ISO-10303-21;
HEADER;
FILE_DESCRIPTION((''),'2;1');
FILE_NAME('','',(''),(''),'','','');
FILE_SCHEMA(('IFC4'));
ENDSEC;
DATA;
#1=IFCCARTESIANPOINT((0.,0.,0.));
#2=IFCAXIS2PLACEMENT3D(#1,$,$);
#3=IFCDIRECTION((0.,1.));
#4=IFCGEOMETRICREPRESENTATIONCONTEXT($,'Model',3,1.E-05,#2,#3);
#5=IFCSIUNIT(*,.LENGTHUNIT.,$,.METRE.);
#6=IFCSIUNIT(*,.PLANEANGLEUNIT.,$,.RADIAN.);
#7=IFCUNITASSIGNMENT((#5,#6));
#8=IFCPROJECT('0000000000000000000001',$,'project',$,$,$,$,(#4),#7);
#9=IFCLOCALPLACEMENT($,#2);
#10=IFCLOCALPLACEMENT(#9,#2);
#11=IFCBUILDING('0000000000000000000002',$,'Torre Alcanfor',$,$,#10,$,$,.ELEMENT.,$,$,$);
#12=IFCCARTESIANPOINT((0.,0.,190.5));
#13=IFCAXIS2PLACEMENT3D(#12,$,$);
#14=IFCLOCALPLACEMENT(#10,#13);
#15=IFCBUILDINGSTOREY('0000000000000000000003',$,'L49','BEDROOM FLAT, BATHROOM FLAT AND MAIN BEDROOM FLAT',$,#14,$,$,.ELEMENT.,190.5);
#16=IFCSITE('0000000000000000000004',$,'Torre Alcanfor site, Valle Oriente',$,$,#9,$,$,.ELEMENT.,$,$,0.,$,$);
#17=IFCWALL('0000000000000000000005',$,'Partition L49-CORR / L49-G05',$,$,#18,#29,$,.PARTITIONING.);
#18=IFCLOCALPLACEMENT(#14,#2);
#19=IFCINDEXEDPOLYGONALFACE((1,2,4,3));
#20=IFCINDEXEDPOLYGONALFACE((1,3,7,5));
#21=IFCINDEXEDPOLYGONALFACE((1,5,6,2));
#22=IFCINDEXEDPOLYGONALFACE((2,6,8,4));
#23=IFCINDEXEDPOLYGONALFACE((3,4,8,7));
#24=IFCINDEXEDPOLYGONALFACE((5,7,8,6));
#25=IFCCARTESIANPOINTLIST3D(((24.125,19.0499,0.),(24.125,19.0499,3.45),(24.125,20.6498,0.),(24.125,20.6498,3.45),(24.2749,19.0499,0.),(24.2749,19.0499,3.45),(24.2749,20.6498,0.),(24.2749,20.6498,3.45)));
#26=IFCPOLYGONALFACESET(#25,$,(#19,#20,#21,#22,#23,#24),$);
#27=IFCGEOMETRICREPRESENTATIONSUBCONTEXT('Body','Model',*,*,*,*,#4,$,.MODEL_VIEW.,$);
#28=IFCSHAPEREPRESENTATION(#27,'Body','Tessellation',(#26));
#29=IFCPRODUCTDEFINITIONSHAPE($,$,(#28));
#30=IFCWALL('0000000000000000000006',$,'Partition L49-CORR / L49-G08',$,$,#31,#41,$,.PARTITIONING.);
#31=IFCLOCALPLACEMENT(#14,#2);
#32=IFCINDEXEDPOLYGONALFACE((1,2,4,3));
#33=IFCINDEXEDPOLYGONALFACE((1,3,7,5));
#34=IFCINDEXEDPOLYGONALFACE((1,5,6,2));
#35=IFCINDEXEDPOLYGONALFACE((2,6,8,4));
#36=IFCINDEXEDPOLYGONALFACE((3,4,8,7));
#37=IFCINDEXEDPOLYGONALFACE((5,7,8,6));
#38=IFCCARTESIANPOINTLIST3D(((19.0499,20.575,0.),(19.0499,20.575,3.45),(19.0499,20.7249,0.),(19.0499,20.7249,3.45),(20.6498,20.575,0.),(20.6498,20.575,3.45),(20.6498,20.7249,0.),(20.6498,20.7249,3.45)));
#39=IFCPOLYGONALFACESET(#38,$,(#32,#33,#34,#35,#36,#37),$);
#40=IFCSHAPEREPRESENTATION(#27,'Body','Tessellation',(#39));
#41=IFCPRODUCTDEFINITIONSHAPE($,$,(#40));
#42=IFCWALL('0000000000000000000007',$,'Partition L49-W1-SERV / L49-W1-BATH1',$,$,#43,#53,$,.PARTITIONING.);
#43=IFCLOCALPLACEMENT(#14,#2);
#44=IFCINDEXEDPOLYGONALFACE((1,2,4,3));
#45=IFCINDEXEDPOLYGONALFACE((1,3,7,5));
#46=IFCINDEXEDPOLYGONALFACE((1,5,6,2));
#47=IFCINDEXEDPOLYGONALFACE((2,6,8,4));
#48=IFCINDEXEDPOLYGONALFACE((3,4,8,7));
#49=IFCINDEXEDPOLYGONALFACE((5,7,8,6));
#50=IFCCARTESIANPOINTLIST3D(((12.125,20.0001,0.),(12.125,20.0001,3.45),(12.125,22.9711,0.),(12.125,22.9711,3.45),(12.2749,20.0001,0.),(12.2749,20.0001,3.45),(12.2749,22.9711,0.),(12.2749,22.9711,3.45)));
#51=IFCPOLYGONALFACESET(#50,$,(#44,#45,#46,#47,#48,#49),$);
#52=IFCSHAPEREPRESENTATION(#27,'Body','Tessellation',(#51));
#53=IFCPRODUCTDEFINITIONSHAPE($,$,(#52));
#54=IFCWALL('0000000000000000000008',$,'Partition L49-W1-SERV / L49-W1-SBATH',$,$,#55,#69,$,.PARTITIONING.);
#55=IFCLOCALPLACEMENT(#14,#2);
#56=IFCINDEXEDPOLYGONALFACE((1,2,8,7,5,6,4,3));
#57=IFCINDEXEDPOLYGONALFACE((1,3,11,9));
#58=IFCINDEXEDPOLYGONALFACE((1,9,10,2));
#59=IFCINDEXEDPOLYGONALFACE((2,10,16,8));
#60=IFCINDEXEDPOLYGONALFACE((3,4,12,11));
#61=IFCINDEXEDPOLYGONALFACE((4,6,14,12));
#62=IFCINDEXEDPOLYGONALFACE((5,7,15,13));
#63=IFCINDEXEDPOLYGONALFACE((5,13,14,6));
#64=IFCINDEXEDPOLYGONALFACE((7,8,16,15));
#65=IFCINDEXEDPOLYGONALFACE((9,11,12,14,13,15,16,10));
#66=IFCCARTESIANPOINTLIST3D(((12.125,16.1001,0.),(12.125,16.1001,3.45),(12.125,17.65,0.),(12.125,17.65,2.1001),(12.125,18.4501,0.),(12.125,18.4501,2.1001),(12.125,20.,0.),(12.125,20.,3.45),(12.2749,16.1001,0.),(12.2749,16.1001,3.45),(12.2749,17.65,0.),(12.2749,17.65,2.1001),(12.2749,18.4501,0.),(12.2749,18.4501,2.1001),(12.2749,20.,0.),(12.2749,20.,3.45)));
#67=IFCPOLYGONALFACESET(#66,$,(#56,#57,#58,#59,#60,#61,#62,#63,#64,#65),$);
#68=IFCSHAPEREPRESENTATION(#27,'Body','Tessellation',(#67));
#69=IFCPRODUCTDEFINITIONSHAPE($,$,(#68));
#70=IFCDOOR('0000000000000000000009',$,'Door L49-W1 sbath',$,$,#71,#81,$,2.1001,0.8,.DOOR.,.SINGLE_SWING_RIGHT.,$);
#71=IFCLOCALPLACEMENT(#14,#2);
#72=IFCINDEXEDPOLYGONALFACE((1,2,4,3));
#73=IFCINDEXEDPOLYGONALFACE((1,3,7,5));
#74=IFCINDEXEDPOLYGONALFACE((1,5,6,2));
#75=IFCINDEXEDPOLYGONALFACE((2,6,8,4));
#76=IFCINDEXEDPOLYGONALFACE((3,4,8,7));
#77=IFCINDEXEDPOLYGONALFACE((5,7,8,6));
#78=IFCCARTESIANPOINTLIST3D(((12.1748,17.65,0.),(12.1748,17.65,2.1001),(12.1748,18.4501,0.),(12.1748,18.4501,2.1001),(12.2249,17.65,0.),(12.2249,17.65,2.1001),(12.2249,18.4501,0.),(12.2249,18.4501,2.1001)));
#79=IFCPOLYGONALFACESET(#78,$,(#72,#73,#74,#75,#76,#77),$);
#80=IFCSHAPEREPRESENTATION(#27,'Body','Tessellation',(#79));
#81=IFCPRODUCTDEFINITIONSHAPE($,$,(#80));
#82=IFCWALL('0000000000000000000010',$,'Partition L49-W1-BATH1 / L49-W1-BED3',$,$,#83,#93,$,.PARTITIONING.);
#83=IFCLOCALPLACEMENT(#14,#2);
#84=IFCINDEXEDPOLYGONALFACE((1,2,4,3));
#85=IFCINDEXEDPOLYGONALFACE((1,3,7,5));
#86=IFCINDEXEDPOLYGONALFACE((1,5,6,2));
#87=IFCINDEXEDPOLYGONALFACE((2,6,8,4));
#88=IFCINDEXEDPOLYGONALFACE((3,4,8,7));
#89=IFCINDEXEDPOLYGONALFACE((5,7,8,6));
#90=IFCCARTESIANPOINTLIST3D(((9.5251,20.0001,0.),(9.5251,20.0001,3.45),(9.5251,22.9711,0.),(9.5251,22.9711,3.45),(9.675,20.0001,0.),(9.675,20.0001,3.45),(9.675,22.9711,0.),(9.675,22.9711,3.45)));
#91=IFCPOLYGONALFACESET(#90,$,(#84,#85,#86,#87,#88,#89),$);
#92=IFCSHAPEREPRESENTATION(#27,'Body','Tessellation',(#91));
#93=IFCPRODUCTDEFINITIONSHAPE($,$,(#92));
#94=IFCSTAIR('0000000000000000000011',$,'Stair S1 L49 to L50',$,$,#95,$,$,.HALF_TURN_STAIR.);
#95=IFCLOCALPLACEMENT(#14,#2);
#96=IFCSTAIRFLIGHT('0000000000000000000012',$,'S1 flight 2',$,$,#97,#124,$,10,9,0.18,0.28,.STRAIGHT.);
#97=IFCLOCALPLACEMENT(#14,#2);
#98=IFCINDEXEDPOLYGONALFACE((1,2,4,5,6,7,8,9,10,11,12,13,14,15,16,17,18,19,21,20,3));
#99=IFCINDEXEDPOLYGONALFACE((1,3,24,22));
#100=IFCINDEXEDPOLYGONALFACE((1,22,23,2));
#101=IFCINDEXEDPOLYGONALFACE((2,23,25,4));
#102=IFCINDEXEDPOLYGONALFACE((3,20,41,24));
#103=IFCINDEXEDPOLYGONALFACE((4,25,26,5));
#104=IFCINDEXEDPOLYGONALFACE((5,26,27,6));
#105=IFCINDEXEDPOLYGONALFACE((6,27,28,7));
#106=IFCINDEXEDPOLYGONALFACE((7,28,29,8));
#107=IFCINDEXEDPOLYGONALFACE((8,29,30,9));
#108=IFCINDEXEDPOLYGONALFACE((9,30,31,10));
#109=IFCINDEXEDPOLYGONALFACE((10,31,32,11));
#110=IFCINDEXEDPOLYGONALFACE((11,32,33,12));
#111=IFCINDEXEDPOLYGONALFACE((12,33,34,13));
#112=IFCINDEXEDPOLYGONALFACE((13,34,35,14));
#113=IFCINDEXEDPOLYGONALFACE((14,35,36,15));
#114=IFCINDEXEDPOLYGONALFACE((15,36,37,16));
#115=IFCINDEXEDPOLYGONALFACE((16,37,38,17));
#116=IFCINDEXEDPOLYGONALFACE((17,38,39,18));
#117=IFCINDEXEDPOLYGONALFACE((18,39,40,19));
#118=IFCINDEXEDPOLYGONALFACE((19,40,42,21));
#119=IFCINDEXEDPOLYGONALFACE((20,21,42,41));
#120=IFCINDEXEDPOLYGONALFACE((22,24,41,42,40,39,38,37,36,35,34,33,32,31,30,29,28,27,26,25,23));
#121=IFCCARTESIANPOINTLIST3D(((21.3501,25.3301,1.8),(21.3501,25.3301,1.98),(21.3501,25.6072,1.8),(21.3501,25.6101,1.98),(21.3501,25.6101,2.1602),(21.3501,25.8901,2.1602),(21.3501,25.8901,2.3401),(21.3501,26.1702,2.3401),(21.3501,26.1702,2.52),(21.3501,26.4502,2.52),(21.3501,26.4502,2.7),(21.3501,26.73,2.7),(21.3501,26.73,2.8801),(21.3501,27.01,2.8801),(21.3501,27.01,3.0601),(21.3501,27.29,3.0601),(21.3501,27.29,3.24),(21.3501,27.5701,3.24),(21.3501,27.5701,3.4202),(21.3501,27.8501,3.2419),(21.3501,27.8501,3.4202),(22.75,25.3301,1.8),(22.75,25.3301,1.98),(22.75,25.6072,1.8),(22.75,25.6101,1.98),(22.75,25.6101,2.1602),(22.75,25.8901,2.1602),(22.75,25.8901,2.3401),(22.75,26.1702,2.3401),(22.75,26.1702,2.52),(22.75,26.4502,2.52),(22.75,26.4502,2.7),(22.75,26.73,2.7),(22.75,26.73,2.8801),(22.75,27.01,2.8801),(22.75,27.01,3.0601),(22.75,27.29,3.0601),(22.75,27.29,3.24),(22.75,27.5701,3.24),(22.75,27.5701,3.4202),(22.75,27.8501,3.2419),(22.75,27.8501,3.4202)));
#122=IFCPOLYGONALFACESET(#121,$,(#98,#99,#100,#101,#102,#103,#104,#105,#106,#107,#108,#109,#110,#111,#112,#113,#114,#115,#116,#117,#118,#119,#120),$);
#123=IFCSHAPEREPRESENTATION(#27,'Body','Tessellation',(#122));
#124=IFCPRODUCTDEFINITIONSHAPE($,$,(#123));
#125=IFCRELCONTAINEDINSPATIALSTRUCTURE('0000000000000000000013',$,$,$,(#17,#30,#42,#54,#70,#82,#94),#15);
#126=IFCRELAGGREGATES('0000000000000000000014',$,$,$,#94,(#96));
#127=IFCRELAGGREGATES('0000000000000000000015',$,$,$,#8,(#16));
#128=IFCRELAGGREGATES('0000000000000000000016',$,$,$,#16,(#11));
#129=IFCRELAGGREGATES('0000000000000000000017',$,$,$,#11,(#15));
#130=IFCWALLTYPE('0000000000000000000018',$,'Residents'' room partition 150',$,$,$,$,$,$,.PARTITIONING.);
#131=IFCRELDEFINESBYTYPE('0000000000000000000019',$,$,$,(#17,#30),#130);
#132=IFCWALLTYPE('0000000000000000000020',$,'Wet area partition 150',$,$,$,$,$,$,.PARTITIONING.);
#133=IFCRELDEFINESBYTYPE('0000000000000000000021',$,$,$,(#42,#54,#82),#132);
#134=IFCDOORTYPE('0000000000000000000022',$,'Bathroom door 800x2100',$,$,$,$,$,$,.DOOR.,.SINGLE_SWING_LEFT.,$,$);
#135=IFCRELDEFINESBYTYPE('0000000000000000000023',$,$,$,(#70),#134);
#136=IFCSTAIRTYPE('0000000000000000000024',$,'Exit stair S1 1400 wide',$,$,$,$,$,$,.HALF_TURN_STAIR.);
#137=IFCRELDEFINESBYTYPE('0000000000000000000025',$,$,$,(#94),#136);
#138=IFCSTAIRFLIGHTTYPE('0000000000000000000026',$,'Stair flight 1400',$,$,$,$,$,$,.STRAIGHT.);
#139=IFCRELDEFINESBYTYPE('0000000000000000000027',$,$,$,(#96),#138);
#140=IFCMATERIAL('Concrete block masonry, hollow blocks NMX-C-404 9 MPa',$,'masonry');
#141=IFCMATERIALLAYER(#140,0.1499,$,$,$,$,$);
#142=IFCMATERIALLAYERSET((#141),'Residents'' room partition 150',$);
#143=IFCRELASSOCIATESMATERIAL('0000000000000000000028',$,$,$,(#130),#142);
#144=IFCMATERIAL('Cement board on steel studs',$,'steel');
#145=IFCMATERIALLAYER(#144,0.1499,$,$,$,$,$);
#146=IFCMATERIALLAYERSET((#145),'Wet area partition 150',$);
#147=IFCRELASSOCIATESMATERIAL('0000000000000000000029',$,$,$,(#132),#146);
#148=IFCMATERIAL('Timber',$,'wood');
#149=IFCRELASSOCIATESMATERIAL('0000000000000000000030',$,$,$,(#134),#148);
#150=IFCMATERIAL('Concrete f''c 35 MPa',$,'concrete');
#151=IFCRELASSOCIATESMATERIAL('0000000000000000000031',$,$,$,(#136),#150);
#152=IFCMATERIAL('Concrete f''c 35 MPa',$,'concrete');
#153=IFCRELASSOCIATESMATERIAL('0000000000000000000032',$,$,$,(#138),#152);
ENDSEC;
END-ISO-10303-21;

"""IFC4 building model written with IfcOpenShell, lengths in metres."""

from ifc_helpers import new_model, si_unit, direction, frame, frame_2d, origin, place, context, subcontext, project, spatial, polyline, rectangle, outline, extrude, material, layer, layer_set, type_object, element, fill, aggregate, save


model = new_model("IFC4")

# Units and contexts
model_context = context("Model", 3, precision=1e-05, world=origin(), true_north=direction((0.0, 1.0)))
body_context = subcontext(model_context, "Body", "Model", "MODEL_VIEW")
ifc_project = project(units=[si_unit("LENGTHUNIT", "METRE"), si_unit("PLANEANGLEUNIT", "RADIAN")], contexts=[model_context])

# Site, building, storey
site_placement = place(None, origin())
site = spatial("IfcSite", under=ifc_project, at=site_placement, Name="Torre Alcanfor site, Valle Oriente", CompositionType="ELEMENT", RefElevation=0.0)
building_placement = place(site_placement, origin())
building = spatial("IfcBuilding", under=site, at=building_placement, Name="Torre Alcanfor", CompositionType="ELEMENT")
storey_placement = place(building_placement, frame((0.0, 0.0, 190.5)))
storey = spatial("IfcBuildingStorey", under=building, at=storey_placement, Name="L49", Description="BEDROOM FLAT, BATHROOM FLAT AND MAIN BEDROOM FLAT", CompositionType="ELEMENT", Elevation=190.5)

# Shared definitions
ifc_material_1 = material(Name="Concrete block masonry, hollow blocks NMX-C-404 9 MPa", Category="masonry")
ifc_layer_1 = layer(ifc_material_1, 0.1499)
ifc_layer_set_1 = layer_set([ifc_layer_1], Name="Residents' room partition 150")
wall_type_1 = type_object("IfcWallType", Name="Residents' room partition 150", PredefinedType="PARTITIONING", material=ifc_layer_set_1)

# Walls
for number, where, z_axis, x_axis, name in (
    (1, (24.2, 19.05, 0.0), (0.0, 0.0, 1.0), (0.0, 1.0, 0.0), "Partition L49-CORR / L49-G05"),
    (2, (19.05, 20.6499, 0.0), (0.0, 0.0, 1.0), (1.0, 0.0, 0.0), "Partition L49-CORR / L49-G08"),
):
    element("IfcWall", number, at=place(storey_placement, frame(where, z_axis=z_axis, x_axis=x_axis)), inside=storey, type_object=wall_type_1, Name=name, PredefinedType="PARTITIONING", context=body_context, shape_type="SweptSolid", body=[
        extrude(rectangle(XDim=1.5999, YDim=0.1499, at=frame_2d((0.7998, 0.0))), origin(), (0.0, 0.0, 1.0), 3.45),
    ])
ifc_material_2 = material(Name="Cement board on steel studs", Category="steel")
ifc_layer_2 = layer(ifc_material_2, 0.1499)
ifc_layer_set_2 = layer_set([ifc_layer_2], Name="Wet area partition 150")
wall_type_2 = type_object("IfcWallType", Name="Wet area partition 150", PredefinedType="PARTITIONING", material=ifc_layer_set_2)
wall_1_placement = place(storey_placement, frame((12.2, 22.9709, 0.0), z_axis=(0.0, 0.0, 1.0), x_axis=(0.0, -1.0, 0.0)))
element("IfcWall", 3, at=wall_1_placement, inside=storey, type_object=wall_type_2, Name="Partition L49-W1-SERV / L49-W1-BATH1", PredefinedType="PARTITIONING", context=body_context, shape_type="SweptSolid", body=[
    extrude(rectangle(XDim=2.9709, YDim=0.1499, at=frame_2d((1.4854, 0.0))), origin(), (0.0, 0.0, 1.0), 3.45),
])

# Wall, opening, door
wall_2_placement = place(storey_placement, frame((12.2, 20.0, 0.0), z_axis=(0.0, 0.0, 1.0), x_axis=(0.0, -1.0, 0.0)))
wall_2 = element("IfcWall", 4, at=wall_2_placement, inside=storey, type_object=wall_type_2, Name="Partition L49-W1-SERV / L49-W1-SBATH", PredefinedType="PARTITIONING", context=body_context, shape_type="SweptSolid", body=[
    extrude(rectangle(XDim=3.8999, YDim=0.1499, at=frame_2d((1.95, 0.0))), origin(), (0.0, 0.0, 1.0), 3.45),
])
opening_1_placement = place(wall_2_placement, frame((1.55, 0.0, 0.0)))
opening_1 = element("IfcOpeningElement", 5, at=opening_1_placement, cuts=wall_2, PredefinedType="OPENING", context=body_context, shape_type="SweptSolid", body=[
    extrude(rectangle(XDim=0.8, YDim=2.1001, at=frame_2d((0.3999, 1.05))), frame((0.0, 0.085, 0.0), z_axis=(0.0, -1.0, 0.0), x_axis=(1.0, 0.0, 0.0)), (0.0, 0.0, 1.0), 0.1699),
])
ifc_material_3 = material(Name="Timber", Category="wood")
door_type_1 = type_object("IfcDoorType", Name="Bathroom door 800x2100", OperationType="SINGLE_SWING_LEFT", PredefinedType="DOOR", material=ifc_material_3)
door_1_placement = place(opening_1_placement, frame((0.8, 0.0, 0.0), z_axis=(0.0, 0.0, 1.0), x_axis=(-1.0, 0.0, 0.0)))
door_1 = element("IfcDoor", 6, at=door_1_placement, inside=storey, type_object=door_type_1, Name="Door L49-W1 sbath", OperationType="SINGLE_SWING_RIGHT", OverallHeight=2.1001, OverallWidth=0.8, PredefinedType="DOOR", context=body_context, shape_type="SweptSolid", body=[
    extrude(rectangle(XDim=0.8, YDim=2.1001, at=frame_2d((0.4001, 1.05))), frame((0.0, 0.0251, 0.0), z_axis=(0.0, -1.0, 0.0), x_axis=(1.0, 0.0, 0.0)), (0.0, 0.0, 1.0), 0.05),
])
fill(opening_1, door_1)

# Wall
wall_3_placement = place(storey_placement, frame((9.6001, 22.9709, 0.0), z_axis=(0.0, 0.0, 1.0), x_axis=(0.0, -1.0, 0.0)))
element("IfcWall", 7, at=wall_3_placement, inside=storey, type_object=wall_type_2, Name="Partition L49-W1-BATH1 / L49-W1-BED3", PredefinedType="PARTITIONING", context=body_context, shape_type="SweptSolid", body=[
    extrude(rectangle(XDim=2.9709, YDim=0.1499, at=frame_2d((1.4854, 0.0))), origin(), (0.0, 0.0, 1.0), 3.45),
])

# Stair, stair flight
ifc_material_4 = material(Name="Concrete f'c 35 MPa", Category="concrete")
stair_type = type_object("IfcStairType", Name="Exit stair S1 1400 wide", PredefinedType="HALF_TURN_STAIR", material=ifc_material_4)
stair_placement = place(storey_placement, origin())
stair = element("IfcStair", 8, at=stair_placement, inside=storey, type_object=stair_type, Name="Stair S1 L49 to L50", PredefinedType="HALF_TURN_STAIR")
ifc_material_5 = material(Name="Concrete f'c 35 MPa", Category="concrete")
stair_flight_type = type_object("IfcStairFlightType", Name="Stair flight 1400", PredefinedType="STRAIGHT", material=ifc_material_5)
stair_flight_placement = place(storey_placement, frame((22.05, 25.3301, 1.8), z_axis=(0.0, 0.0, 1.0), x_axis=(0.0, 1.0, 0.0)))
stair_flight = element("IfcStairFlight", 9, at=stair_flight_placement, type_object=stair_flight_type, Name="S1 flight 2", NumberOfRisers=10, NumberOfTreads=9, PredefinedType="STRAIGHT", RiserHeight=0.18, TreadLength=0.28, context=body_context, shape_type="SweptSolid", body=[
    extrude(outline(polyline([(0.0, 0.0), (0.0, 0.1799), (0.28, 0.1799), (0.28, 0.3601), (0.5601, 0.3601), (0.5601, 0.54), (0.8401, 0.54), (0.8401, 0.72), (1.1201, 0.72), (1.1201, 0.8999), (1.3999, 0.8999), (1.3999, 1.0801), (1.6799, 1.0801), (1.6799, 1.26), (1.96, 1.26), (1.96, 1.4399), (2.24, 1.4399), (2.24, 1.6201), (2.52, 1.6201), (2.52, 1.8), (2.52, 1.4419), (0.2771, 0.0), (0.0, 0.0)])), frame((0.0, 0.7, 0.0), z_axis=(0.0, -1.0, 0.0), x_axis=(1.0, 0.0, 0.0)), (0.0, 0.0, 1.0), 1.3999),
])
aggregate(stair, [stair_flight])

save(model, "model.ifc")
